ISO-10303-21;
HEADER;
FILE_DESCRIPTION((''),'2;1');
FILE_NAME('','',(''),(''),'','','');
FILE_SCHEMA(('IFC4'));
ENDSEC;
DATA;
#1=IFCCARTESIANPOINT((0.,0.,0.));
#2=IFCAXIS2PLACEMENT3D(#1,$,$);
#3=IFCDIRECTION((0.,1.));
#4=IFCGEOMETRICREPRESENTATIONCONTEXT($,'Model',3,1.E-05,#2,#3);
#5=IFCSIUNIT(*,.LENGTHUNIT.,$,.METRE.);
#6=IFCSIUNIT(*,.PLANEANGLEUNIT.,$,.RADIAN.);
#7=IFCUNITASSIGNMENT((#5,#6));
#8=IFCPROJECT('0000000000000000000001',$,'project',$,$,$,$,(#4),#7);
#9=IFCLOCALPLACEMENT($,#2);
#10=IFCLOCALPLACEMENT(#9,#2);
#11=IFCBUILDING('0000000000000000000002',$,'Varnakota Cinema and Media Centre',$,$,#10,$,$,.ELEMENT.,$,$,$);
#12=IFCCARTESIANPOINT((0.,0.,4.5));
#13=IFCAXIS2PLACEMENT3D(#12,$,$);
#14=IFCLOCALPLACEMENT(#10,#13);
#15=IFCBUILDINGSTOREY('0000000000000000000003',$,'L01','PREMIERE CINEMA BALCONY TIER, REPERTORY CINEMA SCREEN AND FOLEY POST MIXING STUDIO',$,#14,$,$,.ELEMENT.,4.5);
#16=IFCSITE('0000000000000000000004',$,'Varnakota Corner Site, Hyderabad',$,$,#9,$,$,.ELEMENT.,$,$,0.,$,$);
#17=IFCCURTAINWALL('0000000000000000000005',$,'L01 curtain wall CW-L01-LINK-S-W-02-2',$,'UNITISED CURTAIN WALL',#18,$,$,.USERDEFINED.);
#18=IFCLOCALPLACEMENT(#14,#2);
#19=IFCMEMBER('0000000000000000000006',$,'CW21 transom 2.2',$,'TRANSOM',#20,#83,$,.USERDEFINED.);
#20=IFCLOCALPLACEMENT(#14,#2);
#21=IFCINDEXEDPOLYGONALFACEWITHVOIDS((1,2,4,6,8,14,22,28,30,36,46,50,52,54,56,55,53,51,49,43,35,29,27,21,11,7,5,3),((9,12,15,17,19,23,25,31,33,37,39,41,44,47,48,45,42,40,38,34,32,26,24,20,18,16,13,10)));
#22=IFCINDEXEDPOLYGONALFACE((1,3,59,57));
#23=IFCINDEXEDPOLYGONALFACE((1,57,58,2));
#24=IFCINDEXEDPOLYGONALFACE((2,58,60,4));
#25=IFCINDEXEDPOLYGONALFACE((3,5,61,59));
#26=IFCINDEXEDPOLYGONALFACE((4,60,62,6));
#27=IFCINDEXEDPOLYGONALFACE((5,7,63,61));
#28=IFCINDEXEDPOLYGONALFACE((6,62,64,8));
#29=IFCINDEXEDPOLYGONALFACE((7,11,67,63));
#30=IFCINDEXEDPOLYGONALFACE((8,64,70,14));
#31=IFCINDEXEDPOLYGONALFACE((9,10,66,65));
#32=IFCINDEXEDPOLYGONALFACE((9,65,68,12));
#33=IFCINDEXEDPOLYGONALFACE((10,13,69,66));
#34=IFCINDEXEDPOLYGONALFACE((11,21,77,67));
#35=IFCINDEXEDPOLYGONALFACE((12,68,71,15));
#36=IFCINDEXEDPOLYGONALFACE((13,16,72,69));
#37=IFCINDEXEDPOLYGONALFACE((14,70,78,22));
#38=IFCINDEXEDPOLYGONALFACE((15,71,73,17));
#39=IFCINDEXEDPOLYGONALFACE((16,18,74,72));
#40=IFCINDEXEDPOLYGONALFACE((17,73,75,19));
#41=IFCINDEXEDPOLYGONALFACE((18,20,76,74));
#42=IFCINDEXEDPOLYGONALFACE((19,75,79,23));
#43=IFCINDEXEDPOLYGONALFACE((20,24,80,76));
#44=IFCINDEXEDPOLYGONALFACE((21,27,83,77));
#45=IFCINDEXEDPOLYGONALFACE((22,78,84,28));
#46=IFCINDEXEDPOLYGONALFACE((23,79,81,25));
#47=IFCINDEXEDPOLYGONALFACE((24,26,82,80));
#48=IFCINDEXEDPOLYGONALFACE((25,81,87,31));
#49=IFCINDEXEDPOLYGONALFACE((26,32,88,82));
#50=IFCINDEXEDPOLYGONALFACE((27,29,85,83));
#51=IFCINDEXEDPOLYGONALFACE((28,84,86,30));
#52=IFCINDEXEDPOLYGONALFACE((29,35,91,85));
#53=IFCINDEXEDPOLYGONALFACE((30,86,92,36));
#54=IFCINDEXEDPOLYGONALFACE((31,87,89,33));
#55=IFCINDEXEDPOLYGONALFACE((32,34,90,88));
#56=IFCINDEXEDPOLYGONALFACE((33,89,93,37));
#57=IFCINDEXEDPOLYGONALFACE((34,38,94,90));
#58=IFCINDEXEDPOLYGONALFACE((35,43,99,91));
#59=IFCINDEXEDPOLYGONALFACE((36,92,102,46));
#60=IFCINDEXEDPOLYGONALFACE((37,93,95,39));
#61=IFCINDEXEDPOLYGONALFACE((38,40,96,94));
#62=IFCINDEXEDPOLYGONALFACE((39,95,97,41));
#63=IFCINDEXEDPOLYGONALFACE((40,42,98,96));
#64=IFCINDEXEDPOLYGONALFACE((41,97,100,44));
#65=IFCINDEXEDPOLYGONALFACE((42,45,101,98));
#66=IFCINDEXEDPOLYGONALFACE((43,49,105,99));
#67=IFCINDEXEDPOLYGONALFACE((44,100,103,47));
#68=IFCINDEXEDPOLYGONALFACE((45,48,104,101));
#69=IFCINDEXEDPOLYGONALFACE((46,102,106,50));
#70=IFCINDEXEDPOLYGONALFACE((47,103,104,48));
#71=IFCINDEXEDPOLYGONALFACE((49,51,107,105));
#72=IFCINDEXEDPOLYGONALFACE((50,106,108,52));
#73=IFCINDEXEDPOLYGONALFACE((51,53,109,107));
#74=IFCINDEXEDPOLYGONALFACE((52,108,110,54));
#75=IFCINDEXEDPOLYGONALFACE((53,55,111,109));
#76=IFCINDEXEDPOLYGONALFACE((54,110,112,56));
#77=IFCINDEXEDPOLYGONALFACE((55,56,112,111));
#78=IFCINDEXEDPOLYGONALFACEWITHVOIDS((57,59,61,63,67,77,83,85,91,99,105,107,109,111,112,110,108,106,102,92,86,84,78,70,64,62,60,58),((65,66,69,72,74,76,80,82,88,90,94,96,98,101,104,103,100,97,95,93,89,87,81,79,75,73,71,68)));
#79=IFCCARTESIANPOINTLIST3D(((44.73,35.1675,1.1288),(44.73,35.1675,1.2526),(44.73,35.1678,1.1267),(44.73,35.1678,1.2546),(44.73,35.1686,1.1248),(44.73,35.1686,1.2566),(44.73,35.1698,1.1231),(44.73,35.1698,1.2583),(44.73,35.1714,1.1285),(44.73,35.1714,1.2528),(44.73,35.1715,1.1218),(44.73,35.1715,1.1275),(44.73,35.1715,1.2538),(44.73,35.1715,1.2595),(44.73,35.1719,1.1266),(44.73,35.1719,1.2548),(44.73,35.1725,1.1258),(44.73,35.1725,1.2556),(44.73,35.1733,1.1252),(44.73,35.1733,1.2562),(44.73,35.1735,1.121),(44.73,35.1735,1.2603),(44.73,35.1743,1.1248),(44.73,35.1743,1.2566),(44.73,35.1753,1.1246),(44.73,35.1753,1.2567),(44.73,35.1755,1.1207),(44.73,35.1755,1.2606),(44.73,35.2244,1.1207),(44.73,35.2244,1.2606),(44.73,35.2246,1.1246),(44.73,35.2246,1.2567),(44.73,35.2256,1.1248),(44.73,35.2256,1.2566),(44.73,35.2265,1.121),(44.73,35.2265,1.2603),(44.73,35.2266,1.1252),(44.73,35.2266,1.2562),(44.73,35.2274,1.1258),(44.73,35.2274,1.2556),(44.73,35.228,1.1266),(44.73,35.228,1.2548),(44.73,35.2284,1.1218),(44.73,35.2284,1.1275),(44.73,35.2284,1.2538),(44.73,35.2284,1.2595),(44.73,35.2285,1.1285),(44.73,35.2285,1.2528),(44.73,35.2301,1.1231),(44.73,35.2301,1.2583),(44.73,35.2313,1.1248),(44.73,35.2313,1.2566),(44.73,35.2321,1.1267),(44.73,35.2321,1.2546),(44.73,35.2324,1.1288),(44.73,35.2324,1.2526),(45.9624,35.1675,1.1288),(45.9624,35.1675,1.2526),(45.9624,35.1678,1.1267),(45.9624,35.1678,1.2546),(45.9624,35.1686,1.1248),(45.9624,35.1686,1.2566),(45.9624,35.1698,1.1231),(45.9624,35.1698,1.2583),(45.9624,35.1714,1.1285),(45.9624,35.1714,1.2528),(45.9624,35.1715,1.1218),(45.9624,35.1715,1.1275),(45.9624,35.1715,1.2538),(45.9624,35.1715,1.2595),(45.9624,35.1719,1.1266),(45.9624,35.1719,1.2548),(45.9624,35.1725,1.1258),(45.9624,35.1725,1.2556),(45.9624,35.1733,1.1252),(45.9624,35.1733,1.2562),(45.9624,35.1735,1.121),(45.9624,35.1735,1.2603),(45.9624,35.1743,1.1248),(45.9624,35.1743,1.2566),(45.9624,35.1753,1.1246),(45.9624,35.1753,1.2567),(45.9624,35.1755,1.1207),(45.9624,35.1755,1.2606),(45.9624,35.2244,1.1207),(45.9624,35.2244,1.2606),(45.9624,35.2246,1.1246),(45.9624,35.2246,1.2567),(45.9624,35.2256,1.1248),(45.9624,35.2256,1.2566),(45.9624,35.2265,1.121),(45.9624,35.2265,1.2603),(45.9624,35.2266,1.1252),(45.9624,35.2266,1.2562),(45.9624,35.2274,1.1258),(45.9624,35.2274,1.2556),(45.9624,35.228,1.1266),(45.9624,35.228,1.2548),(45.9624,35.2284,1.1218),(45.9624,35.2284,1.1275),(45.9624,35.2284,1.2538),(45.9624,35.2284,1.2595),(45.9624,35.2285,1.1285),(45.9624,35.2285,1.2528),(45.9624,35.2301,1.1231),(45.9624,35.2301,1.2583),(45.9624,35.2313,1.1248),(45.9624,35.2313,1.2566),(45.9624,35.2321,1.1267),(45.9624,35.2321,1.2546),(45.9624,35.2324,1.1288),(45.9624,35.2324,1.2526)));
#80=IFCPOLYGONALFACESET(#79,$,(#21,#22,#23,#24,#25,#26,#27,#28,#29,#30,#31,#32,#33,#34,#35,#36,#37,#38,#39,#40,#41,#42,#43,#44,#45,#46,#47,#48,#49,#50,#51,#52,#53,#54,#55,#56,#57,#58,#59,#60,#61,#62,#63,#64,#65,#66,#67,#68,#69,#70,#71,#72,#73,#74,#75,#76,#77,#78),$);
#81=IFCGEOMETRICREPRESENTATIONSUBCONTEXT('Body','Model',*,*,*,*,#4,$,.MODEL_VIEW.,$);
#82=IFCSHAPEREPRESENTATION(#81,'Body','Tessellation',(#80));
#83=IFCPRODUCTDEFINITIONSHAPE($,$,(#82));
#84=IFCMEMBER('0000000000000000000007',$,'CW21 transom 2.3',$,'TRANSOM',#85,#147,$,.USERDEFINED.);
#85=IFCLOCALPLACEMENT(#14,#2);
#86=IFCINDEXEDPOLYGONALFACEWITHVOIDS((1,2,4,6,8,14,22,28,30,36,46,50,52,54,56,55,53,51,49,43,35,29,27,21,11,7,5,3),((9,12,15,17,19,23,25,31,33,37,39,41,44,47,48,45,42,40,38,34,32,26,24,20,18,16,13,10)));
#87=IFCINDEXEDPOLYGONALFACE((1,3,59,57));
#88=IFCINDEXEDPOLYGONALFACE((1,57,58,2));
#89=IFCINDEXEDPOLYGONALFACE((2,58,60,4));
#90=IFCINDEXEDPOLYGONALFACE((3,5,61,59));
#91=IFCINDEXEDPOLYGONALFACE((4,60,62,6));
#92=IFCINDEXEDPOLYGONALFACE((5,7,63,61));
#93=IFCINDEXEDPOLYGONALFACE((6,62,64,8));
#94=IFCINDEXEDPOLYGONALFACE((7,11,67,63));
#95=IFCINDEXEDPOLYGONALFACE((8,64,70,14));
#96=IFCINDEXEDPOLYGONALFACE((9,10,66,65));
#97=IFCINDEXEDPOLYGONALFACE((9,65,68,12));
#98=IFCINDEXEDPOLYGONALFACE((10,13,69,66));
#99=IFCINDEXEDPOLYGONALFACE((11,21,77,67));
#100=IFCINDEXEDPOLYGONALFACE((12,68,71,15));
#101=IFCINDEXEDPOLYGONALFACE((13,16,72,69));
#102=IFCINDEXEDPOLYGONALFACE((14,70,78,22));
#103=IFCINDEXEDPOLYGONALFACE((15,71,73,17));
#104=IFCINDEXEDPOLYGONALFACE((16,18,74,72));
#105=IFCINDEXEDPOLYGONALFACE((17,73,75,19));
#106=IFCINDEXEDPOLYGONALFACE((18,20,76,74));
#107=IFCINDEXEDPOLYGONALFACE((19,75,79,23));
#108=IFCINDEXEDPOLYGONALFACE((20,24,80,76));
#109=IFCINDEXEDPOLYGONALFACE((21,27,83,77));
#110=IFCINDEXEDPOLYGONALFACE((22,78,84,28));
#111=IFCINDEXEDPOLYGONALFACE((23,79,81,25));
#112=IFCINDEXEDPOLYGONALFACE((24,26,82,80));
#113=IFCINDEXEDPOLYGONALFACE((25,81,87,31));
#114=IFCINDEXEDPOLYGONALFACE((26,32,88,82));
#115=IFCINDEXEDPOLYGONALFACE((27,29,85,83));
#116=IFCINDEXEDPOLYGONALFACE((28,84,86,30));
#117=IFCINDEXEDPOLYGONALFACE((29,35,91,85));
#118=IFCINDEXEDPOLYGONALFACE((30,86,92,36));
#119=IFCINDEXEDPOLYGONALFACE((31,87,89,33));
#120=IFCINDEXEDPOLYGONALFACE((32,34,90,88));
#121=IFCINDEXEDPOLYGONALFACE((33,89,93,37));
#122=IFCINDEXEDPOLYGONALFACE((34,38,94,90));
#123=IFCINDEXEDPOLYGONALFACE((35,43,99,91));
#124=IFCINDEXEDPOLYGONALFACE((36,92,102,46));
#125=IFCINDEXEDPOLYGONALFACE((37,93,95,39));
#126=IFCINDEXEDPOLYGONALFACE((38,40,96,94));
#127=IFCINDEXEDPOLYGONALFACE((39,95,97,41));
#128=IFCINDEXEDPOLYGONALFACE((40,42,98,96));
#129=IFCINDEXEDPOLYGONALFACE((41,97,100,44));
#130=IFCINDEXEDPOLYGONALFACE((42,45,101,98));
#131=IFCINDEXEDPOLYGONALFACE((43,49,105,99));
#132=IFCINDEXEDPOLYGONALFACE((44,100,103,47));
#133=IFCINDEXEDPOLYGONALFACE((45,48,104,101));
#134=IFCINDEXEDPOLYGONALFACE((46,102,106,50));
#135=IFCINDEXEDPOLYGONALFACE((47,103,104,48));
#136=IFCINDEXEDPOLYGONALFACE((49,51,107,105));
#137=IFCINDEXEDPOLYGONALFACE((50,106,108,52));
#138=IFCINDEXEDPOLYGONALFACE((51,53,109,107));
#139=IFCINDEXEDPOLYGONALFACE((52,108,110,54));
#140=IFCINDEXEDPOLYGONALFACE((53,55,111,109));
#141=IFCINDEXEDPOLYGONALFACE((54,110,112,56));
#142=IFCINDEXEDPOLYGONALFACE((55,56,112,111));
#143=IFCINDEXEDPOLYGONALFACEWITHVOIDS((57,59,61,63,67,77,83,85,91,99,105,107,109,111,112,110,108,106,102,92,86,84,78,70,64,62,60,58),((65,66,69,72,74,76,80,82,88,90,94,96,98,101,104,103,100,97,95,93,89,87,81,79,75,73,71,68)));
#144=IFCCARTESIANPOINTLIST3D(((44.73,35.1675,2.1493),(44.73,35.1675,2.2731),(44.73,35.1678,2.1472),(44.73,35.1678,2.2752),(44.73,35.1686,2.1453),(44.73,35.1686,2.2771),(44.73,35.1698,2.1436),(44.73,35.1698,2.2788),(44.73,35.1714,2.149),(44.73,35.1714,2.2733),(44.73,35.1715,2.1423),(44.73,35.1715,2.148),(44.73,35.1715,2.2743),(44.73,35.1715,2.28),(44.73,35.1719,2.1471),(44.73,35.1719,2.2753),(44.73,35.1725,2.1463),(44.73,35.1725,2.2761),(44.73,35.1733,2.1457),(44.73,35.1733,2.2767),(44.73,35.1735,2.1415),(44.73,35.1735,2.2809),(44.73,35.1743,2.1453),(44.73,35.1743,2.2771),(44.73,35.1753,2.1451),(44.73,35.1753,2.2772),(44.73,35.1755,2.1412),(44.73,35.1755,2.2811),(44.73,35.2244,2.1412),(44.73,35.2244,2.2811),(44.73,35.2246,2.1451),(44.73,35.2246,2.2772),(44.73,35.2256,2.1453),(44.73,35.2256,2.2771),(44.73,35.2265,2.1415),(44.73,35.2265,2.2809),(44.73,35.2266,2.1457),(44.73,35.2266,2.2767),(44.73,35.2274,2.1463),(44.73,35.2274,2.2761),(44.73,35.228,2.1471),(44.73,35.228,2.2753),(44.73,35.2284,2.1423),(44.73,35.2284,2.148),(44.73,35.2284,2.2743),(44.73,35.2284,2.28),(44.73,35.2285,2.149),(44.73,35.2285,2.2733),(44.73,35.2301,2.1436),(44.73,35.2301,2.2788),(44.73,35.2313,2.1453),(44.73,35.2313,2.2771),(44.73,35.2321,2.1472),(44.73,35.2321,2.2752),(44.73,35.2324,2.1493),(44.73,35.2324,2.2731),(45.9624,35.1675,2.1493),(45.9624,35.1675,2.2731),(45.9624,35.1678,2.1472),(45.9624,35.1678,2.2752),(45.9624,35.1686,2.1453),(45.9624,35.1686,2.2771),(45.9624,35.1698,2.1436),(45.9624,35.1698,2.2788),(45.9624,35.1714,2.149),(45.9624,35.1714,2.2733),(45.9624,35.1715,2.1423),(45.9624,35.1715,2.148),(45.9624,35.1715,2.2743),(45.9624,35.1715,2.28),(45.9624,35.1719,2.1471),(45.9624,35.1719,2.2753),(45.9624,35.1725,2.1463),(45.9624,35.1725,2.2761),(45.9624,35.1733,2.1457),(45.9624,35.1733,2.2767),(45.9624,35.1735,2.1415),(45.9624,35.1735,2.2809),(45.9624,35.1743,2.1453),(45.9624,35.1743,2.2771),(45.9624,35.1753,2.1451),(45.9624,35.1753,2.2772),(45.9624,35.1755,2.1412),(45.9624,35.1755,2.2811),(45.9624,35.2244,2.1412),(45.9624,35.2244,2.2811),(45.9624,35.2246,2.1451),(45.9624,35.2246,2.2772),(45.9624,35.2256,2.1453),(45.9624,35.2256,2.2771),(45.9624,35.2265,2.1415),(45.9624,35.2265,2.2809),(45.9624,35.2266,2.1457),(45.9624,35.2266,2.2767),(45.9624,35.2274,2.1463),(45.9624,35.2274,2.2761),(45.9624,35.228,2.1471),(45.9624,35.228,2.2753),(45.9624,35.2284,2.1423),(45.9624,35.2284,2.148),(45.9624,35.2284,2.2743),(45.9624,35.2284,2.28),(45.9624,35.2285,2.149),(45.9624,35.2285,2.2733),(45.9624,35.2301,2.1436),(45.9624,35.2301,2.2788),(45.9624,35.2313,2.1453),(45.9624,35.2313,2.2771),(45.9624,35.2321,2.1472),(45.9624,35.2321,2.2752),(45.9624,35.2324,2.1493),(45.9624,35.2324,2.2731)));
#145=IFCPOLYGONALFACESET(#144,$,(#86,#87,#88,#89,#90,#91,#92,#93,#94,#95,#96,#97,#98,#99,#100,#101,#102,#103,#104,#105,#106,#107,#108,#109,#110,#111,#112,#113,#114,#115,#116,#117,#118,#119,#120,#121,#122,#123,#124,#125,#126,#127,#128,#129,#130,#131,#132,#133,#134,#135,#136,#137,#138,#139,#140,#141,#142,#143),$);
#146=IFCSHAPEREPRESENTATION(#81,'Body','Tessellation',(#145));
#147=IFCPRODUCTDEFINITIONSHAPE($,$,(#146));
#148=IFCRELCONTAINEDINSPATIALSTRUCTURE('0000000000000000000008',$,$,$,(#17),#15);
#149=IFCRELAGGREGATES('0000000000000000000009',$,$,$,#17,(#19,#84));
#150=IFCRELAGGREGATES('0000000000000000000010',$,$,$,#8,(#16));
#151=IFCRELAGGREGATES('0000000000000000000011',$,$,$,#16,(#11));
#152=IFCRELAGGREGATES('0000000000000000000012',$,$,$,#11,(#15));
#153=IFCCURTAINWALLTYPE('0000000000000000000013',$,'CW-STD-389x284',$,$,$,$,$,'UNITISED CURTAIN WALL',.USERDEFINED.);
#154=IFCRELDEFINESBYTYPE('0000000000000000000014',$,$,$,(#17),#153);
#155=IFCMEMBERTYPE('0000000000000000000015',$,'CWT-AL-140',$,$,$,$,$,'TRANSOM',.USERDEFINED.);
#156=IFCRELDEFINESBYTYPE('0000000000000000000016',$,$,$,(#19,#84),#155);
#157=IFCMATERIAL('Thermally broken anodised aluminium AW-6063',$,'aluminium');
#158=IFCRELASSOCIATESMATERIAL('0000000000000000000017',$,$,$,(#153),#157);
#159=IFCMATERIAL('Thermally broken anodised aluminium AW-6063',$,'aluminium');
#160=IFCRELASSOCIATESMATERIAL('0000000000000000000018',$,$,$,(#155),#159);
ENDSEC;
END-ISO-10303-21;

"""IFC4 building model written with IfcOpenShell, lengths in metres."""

from ifc_helpers import new_model, si_unit, direction, frame, origin, origin_2d, place, context, subcontext, project, spatial, hollow_rectangle, extrude, material, material_profile, profile_set, type_object, element, aggregate, save


model = new_model("IFC4")

# Units and contexts
model_context = context("Model", 3, precision=1e-05, world=origin(), true_north=direction((0.0, 1.0)))
body_context = subcontext(model_context, "Body", "Model", "MODEL_VIEW")
ifc_project = project(units=[si_unit("LENGTHUNIT", "METRE"), si_unit("PLANEANGLEUNIT", "RADIAN")], contexts=[model_context])

# Site, building, storey
site_placement = place(None, origin())
site = spatial("IfcSite", under=ifc_project, at=site_placement, Name="Varnakota Corner Site, Hyderabad", CompositionType="ELEMENT", RefElevation=0.0)
building_placement = place(site_placement, origin())
building = spatial("IfcBuilding", under=site, at=building_placement, Name="Varnakota Cinema and Media Centre", CompositionType="ELEMENT")
storey_placement = place(building_placement, frame((0.0, 0.0, 4.5)))
storey = spatial("IfcBuildingStorey", under=building, at=storey_placement, Name="L01", Description="PREMIERE CINEMA BALCONY TIER, REPERTORY CINEMA SCREEN AND FOLEY POST MIXING STUDIO", CompositionType="ELEMENT", Elevation=4.5)

# Curtain wall
ifc_material_1 = material(Name="Thermally broken anodised aluminium AW-6063", Category="aluminium")
curtain_wall_type = type_object("IfcCurtainWallType", Name="CW-STD-389x284", ElementType="UNITISED CURTAIN WALL", PredefinedType="USERDEFINED", material=ifc_material_1)
curtain_wall_1_placement = place(storey_placement, origin())
curtain_wall_1 = element("IfcCurtainWall", 1, at=curtain_wall_1_placement, inside=storey, type_object=curtain_wall_type, Name="L01 curtain wall CW-L01-LINK-S-W-02-2", ObjectType="UNITISED CURTAIN WALL", PredefinedType="USERDEFINED")

# Members
ifc_material_2 = material(Name="Thermally broken anodised aluminium AW-6063", Category="aluminium")
ifc_material_profile_1 = material_profile(ifc_material_2, hollow_rectangle(XDim=0.0649, YDim=0.1399, WallThickness=0.0039, InnerFilletRadius=0.0039, OuterFilletRadius=0.0081, at=origin_2d()), Name="AL-TRANSOM 140x65x4")
ifc_profile_set_1 = profile_set([ifc_material_profile_1], Name="Thermally broken anodised aluminium AW-6063")
member_type_1 = type_object("IfcMemberType", Name="CWT-AL-140", ElementType="TRANSOM", PredefinedType="USERDEFINED", material=ifc_profile_set_1)
member_1_placement = place(storey_placement, frame((45.9624, 35.2, 1.1907), z_axis=(-1.0, 0.0, 0.0), x_axis=(0.0, -1.0, 0.0)))
member_1 = element("IfcMember", 2, at=member_1_placement, type_object=member_type_1, Name="CW21 transom 2.2", ObjectType="TRANSOM", PredefinedType="USERDEFINED", context=body_context, shape_type="SweptSolid", body=[
    extrude(hollow_rectangle(XDim=0.0649, YDim=0.1399, WallThickness=0.0039, InnerFilletRadius=0.0039, OuterFilletRadius=0.0081, at=origin_2d()), origin(), (0.0, 0.0, 1.0), 1.2324),
])
member_2_placement = place(storey_placement, frame((45.9624, 35.2, 2.2112), z_axis=(-1.0, 0.0, 0.0), x_axis=(0.0, -1.0, 0.0)))
member_2 = element("IfcMember", 3, at=member_2_placement, type_object=member_type_1, Name="CW21 transom 2.3", ObjectType="TRANSOM", PredefinedType="USERDEFINED", context=body_context, shape_type="SweptSolid", body=[
    extrude(hollow_rectangle(XDim=0.0649, YDim=0.1399, WallThickness=0.0039, InnerFilletRadius=0.0039, OuterFilletRadius=0.0081, at=origin_2d()), origin(), (0.0, 0.0, 1.0), 1.2324),
])

aggregate(curtain_wall_1, [member_1, member_2])

save(model, "model.ifc")
